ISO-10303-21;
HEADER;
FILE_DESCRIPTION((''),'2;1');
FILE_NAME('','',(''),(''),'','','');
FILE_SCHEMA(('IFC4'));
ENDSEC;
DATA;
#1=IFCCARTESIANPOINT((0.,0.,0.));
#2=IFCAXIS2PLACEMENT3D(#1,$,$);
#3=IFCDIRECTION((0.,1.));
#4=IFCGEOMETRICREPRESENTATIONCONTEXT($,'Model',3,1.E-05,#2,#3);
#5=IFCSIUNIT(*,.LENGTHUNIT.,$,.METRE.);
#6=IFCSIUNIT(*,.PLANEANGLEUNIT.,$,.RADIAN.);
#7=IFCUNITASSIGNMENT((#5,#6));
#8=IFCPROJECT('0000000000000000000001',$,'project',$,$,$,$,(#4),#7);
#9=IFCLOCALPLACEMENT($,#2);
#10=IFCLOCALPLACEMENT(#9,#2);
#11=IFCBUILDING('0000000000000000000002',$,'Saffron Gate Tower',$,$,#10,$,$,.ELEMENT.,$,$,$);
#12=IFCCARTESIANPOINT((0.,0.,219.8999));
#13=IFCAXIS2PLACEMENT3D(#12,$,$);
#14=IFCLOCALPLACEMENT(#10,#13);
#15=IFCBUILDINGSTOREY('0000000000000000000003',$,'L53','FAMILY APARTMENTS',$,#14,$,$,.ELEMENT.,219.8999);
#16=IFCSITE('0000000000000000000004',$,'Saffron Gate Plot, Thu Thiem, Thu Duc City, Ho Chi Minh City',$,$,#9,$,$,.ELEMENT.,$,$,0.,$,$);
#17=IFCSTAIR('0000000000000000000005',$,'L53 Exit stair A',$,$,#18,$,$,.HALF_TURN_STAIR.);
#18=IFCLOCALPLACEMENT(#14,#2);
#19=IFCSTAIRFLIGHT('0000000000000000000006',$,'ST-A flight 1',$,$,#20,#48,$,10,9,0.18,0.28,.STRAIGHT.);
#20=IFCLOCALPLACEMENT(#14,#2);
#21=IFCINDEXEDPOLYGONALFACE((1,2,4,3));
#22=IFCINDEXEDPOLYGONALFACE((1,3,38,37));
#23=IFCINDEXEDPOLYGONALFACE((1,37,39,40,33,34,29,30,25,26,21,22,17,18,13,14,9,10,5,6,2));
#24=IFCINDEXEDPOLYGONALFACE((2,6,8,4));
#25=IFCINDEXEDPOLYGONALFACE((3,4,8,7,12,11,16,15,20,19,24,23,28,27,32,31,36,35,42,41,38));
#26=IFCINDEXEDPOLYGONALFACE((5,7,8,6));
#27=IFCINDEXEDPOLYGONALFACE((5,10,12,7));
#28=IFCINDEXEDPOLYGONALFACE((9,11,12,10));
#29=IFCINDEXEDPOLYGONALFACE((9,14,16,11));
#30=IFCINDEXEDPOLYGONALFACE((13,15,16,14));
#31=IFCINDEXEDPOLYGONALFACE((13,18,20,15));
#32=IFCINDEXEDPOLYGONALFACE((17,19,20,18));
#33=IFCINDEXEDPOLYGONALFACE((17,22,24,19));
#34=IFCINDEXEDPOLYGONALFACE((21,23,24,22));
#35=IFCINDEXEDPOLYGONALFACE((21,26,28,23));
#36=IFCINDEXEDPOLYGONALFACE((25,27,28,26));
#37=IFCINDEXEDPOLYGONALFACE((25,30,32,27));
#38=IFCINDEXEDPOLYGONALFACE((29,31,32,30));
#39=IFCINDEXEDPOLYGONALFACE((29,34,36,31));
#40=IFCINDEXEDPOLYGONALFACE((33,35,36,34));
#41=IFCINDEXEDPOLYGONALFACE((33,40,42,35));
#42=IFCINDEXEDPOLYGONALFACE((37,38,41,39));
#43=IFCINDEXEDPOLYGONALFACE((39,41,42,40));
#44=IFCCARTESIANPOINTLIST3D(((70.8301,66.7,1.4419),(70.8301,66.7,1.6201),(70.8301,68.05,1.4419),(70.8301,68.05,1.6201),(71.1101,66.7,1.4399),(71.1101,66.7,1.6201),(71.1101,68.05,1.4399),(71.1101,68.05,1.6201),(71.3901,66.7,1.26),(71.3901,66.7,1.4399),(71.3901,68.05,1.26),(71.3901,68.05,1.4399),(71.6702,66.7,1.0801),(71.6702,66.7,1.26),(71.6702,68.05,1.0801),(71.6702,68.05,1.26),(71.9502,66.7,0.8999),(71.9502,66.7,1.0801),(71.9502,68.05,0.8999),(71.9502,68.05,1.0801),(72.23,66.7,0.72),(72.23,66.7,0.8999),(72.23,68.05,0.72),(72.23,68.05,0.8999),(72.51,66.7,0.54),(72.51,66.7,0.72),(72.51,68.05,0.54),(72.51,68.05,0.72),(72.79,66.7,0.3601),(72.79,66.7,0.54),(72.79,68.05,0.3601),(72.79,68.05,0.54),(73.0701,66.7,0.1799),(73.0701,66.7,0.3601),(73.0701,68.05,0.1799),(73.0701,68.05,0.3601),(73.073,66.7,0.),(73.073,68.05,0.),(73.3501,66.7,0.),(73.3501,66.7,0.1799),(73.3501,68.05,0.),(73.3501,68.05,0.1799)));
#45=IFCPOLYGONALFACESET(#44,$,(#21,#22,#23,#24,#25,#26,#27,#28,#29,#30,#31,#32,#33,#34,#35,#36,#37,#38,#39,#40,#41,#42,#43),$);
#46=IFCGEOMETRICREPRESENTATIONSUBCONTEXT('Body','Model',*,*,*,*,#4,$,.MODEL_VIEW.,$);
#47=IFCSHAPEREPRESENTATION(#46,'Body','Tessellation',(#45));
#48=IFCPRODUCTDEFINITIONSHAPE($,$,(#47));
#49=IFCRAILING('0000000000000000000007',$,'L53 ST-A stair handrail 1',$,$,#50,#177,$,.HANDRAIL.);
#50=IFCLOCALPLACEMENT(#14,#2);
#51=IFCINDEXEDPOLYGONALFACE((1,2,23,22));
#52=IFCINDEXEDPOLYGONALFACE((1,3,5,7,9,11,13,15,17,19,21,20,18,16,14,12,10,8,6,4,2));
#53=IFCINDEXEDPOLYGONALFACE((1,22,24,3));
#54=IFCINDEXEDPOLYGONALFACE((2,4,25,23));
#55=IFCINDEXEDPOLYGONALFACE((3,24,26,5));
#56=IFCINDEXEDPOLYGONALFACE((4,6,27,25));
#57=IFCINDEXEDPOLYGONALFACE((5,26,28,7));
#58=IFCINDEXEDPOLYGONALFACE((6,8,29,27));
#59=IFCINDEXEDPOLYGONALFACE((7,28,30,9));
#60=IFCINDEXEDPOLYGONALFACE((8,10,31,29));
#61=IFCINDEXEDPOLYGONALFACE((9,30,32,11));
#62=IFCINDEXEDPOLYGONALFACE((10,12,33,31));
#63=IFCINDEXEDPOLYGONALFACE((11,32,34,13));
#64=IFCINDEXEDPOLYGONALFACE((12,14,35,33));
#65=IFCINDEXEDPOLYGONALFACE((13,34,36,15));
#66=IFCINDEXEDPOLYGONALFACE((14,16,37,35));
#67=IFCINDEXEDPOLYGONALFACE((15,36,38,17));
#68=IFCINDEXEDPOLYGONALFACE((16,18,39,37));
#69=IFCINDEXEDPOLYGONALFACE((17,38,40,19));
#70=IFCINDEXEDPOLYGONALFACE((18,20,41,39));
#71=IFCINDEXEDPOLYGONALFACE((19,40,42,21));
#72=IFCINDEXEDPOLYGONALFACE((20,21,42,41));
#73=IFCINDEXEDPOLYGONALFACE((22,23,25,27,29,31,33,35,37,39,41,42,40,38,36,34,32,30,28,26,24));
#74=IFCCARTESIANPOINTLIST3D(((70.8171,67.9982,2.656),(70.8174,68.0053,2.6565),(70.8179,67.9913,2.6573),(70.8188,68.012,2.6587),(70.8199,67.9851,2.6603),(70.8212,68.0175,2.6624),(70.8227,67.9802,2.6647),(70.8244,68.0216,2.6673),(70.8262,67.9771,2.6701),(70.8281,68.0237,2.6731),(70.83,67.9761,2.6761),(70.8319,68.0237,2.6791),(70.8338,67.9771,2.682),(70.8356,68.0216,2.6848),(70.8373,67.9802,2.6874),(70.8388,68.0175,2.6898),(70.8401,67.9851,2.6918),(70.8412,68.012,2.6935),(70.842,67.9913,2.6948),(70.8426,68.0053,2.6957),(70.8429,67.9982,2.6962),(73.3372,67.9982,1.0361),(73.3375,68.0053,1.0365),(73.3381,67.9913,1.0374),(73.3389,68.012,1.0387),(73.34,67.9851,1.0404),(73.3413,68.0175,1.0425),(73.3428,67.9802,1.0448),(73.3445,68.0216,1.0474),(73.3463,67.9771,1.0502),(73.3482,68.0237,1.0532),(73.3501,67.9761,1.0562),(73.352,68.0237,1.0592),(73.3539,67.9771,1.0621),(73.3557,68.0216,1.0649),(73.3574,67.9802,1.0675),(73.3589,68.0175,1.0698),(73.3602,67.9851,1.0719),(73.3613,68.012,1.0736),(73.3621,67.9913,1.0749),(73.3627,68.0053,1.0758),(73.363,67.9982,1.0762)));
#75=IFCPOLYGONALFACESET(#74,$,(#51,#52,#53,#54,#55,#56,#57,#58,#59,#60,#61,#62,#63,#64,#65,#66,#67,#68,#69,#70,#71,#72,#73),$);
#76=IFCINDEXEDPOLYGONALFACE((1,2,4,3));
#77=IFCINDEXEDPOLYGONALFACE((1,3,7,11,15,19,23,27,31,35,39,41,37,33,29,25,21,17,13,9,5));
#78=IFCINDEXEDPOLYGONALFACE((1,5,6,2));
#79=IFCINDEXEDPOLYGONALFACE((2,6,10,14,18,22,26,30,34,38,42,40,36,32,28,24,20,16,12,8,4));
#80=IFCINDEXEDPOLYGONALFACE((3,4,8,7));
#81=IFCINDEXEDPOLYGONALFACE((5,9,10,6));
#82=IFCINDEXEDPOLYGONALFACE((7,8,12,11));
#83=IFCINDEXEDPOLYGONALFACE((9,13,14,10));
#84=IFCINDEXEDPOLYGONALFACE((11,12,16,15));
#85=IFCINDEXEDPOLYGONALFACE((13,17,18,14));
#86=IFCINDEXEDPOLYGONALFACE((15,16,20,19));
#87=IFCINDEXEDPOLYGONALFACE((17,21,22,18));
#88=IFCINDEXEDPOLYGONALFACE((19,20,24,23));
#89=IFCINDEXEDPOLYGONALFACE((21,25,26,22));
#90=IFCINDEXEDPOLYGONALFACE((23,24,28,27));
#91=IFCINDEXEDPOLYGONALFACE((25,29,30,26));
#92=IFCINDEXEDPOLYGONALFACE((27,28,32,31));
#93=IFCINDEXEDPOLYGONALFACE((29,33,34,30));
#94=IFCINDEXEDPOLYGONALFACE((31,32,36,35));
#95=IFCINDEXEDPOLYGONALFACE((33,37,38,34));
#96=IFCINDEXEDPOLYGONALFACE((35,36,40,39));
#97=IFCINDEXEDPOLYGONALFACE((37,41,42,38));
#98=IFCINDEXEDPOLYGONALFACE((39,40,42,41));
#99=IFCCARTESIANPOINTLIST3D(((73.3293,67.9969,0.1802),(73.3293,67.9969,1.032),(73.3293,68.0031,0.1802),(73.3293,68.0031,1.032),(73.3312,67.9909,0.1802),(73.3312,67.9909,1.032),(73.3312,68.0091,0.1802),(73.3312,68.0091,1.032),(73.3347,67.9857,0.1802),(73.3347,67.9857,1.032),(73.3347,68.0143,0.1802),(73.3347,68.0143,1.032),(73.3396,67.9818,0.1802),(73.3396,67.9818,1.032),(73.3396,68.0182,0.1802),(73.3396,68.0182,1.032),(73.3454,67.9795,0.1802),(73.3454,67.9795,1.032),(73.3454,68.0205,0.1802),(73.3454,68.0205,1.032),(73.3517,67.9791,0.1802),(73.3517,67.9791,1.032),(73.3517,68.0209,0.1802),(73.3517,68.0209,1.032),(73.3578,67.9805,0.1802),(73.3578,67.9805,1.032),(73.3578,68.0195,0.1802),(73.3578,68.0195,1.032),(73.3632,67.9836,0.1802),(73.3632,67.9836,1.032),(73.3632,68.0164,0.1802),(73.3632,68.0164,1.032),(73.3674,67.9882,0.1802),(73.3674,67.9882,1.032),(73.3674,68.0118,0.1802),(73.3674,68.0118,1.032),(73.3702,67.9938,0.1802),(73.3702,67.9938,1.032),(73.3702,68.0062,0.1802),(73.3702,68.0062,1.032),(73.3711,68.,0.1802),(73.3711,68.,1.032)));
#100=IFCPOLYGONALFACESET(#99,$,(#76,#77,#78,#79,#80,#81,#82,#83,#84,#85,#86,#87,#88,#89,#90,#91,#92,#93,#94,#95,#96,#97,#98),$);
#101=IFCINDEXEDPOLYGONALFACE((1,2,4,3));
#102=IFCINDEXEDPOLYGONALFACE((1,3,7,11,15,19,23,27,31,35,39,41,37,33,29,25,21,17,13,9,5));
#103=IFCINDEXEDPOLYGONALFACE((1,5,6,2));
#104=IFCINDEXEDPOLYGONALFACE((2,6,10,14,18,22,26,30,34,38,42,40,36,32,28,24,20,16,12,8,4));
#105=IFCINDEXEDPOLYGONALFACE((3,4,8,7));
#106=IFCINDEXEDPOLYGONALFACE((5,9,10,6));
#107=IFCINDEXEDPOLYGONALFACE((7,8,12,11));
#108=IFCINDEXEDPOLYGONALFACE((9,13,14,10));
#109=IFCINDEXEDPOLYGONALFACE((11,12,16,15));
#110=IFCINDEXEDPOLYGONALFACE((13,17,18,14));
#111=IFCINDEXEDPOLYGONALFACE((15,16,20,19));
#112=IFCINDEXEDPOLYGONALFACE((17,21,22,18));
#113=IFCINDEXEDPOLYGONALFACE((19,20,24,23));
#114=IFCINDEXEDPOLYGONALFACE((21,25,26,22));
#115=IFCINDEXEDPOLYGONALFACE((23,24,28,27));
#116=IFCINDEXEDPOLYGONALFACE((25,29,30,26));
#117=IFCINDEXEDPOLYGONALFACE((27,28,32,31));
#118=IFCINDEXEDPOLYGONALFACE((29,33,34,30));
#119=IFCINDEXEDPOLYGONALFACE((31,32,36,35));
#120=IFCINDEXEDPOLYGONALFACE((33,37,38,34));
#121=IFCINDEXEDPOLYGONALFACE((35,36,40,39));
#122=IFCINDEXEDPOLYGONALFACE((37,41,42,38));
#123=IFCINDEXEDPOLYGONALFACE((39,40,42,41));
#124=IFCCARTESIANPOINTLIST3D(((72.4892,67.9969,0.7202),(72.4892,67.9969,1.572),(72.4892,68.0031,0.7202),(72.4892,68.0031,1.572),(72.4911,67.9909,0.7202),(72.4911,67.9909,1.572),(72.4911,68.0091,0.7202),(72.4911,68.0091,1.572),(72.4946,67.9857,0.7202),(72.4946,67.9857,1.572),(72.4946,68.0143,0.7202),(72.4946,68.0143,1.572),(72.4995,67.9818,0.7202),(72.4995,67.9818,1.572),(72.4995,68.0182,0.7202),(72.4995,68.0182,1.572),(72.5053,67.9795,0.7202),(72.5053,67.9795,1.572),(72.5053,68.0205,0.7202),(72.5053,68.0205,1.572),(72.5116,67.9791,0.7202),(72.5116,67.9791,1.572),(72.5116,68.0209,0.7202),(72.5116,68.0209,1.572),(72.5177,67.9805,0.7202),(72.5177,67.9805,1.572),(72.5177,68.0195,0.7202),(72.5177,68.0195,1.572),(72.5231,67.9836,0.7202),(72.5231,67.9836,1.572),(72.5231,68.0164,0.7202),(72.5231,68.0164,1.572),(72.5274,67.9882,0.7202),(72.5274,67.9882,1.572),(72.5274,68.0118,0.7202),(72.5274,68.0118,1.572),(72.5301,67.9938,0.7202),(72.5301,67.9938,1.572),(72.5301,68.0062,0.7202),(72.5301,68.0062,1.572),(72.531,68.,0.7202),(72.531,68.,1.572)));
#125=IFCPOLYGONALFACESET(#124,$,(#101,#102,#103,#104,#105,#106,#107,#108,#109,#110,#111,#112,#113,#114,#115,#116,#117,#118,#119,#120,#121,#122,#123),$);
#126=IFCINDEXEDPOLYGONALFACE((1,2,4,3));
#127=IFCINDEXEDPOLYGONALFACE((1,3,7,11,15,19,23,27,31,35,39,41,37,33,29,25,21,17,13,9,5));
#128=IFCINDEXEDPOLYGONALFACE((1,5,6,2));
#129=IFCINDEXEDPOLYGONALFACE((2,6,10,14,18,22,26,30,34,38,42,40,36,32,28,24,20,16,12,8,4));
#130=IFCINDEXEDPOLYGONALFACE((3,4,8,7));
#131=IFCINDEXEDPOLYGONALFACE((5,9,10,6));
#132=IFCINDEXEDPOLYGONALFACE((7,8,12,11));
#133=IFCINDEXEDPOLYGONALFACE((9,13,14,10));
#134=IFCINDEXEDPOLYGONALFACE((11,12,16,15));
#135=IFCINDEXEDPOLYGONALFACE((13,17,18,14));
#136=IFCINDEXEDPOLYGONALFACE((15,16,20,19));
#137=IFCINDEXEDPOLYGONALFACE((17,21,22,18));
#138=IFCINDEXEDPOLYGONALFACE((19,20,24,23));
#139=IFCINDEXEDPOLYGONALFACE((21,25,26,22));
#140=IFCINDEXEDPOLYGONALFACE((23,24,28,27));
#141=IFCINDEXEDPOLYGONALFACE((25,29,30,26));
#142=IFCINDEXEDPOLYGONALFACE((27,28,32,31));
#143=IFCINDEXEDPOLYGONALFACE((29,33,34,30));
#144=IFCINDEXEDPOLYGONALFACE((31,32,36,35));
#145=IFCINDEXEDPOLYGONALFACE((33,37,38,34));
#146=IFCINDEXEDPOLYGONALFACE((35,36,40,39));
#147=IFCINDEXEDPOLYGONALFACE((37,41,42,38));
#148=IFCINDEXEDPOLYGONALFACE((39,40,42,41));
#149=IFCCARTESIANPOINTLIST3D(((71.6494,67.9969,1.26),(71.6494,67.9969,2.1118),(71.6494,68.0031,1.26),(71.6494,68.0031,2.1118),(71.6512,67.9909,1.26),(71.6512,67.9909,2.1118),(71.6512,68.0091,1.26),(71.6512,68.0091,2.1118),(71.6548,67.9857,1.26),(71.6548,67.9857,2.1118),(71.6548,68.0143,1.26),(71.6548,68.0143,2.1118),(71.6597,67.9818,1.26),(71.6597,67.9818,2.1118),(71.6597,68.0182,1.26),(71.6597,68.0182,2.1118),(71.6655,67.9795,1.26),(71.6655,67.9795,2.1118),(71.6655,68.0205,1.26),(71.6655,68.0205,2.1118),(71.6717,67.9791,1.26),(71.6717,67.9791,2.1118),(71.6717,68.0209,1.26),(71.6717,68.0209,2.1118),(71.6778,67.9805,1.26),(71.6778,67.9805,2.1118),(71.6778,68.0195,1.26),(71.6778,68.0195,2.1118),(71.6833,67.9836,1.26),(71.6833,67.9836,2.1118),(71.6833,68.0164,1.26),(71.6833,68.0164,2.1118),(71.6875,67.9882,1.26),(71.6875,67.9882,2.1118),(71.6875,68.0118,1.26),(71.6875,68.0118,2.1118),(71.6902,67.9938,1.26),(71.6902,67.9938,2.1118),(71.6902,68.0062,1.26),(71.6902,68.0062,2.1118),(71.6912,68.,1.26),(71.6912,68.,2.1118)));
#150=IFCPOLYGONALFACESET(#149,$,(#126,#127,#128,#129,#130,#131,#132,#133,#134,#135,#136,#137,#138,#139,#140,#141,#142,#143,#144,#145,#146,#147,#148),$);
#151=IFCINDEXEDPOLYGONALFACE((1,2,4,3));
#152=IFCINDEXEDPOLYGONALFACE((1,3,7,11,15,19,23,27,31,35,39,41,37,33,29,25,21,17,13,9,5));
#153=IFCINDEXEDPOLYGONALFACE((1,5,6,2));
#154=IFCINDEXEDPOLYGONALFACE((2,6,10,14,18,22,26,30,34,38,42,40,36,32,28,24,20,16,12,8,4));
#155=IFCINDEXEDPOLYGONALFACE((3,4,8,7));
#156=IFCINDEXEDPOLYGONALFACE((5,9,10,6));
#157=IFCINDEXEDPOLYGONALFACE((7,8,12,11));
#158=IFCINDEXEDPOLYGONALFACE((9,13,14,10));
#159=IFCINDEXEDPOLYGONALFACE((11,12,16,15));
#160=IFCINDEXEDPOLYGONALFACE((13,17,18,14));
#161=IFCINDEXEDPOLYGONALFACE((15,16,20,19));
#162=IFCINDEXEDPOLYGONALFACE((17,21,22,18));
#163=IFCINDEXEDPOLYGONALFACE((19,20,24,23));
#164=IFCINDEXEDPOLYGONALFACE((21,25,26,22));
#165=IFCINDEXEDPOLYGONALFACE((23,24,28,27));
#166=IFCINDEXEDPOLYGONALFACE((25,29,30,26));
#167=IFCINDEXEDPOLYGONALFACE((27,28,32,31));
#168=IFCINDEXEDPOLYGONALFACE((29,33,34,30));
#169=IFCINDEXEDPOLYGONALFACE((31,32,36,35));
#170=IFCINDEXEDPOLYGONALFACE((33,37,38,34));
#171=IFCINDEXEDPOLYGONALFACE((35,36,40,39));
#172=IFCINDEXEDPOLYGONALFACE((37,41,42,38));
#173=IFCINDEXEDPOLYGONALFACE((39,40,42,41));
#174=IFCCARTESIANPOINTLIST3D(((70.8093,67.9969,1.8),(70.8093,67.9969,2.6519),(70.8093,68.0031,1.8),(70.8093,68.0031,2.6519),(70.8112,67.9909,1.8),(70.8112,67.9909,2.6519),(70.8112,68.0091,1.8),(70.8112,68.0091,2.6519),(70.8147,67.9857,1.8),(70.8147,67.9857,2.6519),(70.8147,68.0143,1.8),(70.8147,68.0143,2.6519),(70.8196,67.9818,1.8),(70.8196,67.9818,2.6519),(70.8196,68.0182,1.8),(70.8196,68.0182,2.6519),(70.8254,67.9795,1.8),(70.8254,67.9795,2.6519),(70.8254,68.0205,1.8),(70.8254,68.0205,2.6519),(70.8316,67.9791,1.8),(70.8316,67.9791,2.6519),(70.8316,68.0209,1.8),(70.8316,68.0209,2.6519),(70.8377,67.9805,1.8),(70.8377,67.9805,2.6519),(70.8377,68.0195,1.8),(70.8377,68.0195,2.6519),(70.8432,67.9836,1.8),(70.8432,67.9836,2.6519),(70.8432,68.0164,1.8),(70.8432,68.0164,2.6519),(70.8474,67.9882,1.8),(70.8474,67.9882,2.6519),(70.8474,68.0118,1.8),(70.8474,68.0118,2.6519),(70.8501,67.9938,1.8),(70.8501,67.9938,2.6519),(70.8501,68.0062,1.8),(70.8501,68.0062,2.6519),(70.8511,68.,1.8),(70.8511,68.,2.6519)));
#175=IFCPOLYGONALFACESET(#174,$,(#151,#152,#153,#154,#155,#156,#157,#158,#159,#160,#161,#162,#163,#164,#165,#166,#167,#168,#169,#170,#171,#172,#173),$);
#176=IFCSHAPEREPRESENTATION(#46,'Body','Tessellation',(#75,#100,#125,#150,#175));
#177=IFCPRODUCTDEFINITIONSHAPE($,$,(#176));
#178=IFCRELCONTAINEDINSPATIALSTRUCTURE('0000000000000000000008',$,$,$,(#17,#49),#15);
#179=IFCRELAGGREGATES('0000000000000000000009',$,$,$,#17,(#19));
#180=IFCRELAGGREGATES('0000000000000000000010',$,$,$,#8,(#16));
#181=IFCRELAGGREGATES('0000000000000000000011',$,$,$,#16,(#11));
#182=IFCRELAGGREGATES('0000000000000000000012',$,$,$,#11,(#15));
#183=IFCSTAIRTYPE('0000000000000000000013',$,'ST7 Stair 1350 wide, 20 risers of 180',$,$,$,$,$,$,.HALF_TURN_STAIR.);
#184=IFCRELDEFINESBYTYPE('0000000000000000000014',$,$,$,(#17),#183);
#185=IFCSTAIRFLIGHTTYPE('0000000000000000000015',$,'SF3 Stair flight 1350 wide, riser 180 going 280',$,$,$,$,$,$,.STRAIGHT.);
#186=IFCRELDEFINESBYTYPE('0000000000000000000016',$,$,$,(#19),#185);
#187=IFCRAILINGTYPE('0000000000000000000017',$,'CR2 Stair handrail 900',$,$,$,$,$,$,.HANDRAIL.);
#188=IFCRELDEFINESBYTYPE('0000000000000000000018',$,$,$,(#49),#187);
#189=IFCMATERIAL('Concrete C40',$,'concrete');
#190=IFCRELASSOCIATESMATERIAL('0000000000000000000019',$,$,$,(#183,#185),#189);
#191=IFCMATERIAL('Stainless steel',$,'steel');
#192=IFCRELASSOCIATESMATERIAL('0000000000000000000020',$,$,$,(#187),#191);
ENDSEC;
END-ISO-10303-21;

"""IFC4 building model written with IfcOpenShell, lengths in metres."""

from ifc_helpers import new_model, si_unit, direction, frame, origin, origin_2d, place, context, subcontext, project, spatial, polyline, circle, outline, extrude, material, type_object, element, aggregate, save


model = new_model("IFC4")

# Units and contexts
model_context = context("Model", 3, precision=1e-05, world=origin(), true_north=direction((0.0, 1.0)))
body_context = subcontext(model_context, "Body", "Model", "MODEL_VIEW")
ifc_project = project(units=[si_unit("LENGTHUNIT", "METRE"), si_unit("PLANEANGLEUNIT", "RADIAN")], contexts=[model_context])

# Site, building, storey
site_placement = place(None, origin())
site = spatial("IfcSite", under=ifc_project, at=site_placement, Name="Saffron Gate Plot, Thu Thiem, Thu Duc City, Ho Chi Minh City", CompositionType="ELEMENT", RefElevation=0.0)
building_placement = place(site_placement, origin())
building = spatial("IfcBuilding", under=site, at=building_placement, Name="Saffron Gate Tower", CompositionType="ELEMENT")
storey_placement = place(building_placement, frame((0.0, 0.0, 219.8999)))
storey = spatial("IfcBuildingStorey", under=building, at=storey_placement, Name="L53", Description="FAMILY APARTMENTS", CompositionType="ELEMENT", Elevation=219.8999)

# Stair, stair flight
ifc_material_1 = material(Name="Concrete C40", Category="concrete")
stair_type = type_object("IfcStairType", Name="ST7 Stair 1350 wide, 20 risers of 180", PredefinedType="HALF_TURN_STAIR", material=ifc_material_1)
stair_placement = place(storey_placement, origin())
stair = element("IfcStair", 1, at=stair_placement, inside=storey, type_object=stair_type, Name="L53 Exit stair A", PredefinedType="HALF_TURN_STAIR")
stair_flight_type = type_object("IfcStairFlightType", Name="SF3 Stair flight 1350 wide, riser 180 going 280", PredefinedType="STRAIGHT", material=ifc_material_1)
stair_flight_placement = place(storey_placement, frame((73.3501, 67.375, 0.0), z_axis=(0.0, 0.0, 1.0), x_axis=(-1.0, 0.0, 0.0)))
stair_flight = element("IfcStairFlight", 2, at=stair_flight_placement, type_object=stair_flight_type, Name="ST-A flight 1", NumberOfRisers=10, NumberOfTreads=9, PredefinedType="STRAIGHT", RiserHeight=0.18, TreadLength=0.28, context=body_context, shape_type="SweptSolid", body=[
    extrude(outline(polyline([(0.0, 0.0), (0.0, 0.1799), (0.28, 0.1799), (0.28, 0.3601), (0.5601, 0.3601), (0.5601, 0.54), (0.8401, 0.54), (0.8401, 0.72), (1.1201, 0.72), (1.1201, 0.8999), (1.3999, 0.8999), (1.3999, 1.0801), (1.6799, 1.0801), (1.6799, 1.26), (1.96, 1.26), (1.96, 1.4399), (2.24, 1.4399), (2.24, 1.6201), (2.52, 1.6201), (2.52, 1.8), (2.52, 1.4419), (0.2771, 0.0), (0.0, 0.0)])), frame((0.0, 0.675, 0.0), z_axis=(0.0, -1.0, 0.0), x_axis=(1.0, 0.0, 0.0)), (0.0, 0.0, 1.0), 1.3501),
])
aggregate(stair, [stair_flight])

# Railing
ifc_material_2 = material(Name="Stainless steel", Category="steel")
railing_type_1 = type_object("IfcRailingType", Name="CR2 Stair handrail 900", PredefinedType="HANDRAIL", material=ifc_material_2)
railing_1_placement = place(storey_placement, frame((73.3501, 68.0, 0.1802)))
element("IfcRailing", 3, at=railing_1_placement, inside=storey, type_object=railing_type_1, Name="L53 ST-A stair handrail 1", PredefinedType="HANDRAIL", context=body_context, shape_type="SweptSolid", body=[
    extrude(circle(Radius=0.0239, at=origin_2d()), frame((0.0, 0.0, 0.876), z_axis=(-0.8412, 0.0, 0.540725), x_axis=(0.0, -1.0, 0.0)), (0.0, 0.0, 1.0), 2.9958),
    extrude(circle(Radius=0.021, at=origin_2d()), origin(), (0.0, 0.0, 1.0), 0.8518),
    extrude(circle(Radius=0.021, at=origin_2d()), frame((-0.8401, 0.0, 0.54)), (0.0, 0.0, 1.0), 0.8518),
    extrude(circle(Radius=0.021, at=origin_2d()), frame((-1.6799, 0.0, 1.0798)), (0.0, 0.0, 1.0), 0.8518),
    extrude(circle(Radius=0.021, at=origin_2d()), frame((-2.52, 0.0, 1.6199)), (0.0, 0.0, 1.0), 0.8518),
])

save(model, "model.ifc")
